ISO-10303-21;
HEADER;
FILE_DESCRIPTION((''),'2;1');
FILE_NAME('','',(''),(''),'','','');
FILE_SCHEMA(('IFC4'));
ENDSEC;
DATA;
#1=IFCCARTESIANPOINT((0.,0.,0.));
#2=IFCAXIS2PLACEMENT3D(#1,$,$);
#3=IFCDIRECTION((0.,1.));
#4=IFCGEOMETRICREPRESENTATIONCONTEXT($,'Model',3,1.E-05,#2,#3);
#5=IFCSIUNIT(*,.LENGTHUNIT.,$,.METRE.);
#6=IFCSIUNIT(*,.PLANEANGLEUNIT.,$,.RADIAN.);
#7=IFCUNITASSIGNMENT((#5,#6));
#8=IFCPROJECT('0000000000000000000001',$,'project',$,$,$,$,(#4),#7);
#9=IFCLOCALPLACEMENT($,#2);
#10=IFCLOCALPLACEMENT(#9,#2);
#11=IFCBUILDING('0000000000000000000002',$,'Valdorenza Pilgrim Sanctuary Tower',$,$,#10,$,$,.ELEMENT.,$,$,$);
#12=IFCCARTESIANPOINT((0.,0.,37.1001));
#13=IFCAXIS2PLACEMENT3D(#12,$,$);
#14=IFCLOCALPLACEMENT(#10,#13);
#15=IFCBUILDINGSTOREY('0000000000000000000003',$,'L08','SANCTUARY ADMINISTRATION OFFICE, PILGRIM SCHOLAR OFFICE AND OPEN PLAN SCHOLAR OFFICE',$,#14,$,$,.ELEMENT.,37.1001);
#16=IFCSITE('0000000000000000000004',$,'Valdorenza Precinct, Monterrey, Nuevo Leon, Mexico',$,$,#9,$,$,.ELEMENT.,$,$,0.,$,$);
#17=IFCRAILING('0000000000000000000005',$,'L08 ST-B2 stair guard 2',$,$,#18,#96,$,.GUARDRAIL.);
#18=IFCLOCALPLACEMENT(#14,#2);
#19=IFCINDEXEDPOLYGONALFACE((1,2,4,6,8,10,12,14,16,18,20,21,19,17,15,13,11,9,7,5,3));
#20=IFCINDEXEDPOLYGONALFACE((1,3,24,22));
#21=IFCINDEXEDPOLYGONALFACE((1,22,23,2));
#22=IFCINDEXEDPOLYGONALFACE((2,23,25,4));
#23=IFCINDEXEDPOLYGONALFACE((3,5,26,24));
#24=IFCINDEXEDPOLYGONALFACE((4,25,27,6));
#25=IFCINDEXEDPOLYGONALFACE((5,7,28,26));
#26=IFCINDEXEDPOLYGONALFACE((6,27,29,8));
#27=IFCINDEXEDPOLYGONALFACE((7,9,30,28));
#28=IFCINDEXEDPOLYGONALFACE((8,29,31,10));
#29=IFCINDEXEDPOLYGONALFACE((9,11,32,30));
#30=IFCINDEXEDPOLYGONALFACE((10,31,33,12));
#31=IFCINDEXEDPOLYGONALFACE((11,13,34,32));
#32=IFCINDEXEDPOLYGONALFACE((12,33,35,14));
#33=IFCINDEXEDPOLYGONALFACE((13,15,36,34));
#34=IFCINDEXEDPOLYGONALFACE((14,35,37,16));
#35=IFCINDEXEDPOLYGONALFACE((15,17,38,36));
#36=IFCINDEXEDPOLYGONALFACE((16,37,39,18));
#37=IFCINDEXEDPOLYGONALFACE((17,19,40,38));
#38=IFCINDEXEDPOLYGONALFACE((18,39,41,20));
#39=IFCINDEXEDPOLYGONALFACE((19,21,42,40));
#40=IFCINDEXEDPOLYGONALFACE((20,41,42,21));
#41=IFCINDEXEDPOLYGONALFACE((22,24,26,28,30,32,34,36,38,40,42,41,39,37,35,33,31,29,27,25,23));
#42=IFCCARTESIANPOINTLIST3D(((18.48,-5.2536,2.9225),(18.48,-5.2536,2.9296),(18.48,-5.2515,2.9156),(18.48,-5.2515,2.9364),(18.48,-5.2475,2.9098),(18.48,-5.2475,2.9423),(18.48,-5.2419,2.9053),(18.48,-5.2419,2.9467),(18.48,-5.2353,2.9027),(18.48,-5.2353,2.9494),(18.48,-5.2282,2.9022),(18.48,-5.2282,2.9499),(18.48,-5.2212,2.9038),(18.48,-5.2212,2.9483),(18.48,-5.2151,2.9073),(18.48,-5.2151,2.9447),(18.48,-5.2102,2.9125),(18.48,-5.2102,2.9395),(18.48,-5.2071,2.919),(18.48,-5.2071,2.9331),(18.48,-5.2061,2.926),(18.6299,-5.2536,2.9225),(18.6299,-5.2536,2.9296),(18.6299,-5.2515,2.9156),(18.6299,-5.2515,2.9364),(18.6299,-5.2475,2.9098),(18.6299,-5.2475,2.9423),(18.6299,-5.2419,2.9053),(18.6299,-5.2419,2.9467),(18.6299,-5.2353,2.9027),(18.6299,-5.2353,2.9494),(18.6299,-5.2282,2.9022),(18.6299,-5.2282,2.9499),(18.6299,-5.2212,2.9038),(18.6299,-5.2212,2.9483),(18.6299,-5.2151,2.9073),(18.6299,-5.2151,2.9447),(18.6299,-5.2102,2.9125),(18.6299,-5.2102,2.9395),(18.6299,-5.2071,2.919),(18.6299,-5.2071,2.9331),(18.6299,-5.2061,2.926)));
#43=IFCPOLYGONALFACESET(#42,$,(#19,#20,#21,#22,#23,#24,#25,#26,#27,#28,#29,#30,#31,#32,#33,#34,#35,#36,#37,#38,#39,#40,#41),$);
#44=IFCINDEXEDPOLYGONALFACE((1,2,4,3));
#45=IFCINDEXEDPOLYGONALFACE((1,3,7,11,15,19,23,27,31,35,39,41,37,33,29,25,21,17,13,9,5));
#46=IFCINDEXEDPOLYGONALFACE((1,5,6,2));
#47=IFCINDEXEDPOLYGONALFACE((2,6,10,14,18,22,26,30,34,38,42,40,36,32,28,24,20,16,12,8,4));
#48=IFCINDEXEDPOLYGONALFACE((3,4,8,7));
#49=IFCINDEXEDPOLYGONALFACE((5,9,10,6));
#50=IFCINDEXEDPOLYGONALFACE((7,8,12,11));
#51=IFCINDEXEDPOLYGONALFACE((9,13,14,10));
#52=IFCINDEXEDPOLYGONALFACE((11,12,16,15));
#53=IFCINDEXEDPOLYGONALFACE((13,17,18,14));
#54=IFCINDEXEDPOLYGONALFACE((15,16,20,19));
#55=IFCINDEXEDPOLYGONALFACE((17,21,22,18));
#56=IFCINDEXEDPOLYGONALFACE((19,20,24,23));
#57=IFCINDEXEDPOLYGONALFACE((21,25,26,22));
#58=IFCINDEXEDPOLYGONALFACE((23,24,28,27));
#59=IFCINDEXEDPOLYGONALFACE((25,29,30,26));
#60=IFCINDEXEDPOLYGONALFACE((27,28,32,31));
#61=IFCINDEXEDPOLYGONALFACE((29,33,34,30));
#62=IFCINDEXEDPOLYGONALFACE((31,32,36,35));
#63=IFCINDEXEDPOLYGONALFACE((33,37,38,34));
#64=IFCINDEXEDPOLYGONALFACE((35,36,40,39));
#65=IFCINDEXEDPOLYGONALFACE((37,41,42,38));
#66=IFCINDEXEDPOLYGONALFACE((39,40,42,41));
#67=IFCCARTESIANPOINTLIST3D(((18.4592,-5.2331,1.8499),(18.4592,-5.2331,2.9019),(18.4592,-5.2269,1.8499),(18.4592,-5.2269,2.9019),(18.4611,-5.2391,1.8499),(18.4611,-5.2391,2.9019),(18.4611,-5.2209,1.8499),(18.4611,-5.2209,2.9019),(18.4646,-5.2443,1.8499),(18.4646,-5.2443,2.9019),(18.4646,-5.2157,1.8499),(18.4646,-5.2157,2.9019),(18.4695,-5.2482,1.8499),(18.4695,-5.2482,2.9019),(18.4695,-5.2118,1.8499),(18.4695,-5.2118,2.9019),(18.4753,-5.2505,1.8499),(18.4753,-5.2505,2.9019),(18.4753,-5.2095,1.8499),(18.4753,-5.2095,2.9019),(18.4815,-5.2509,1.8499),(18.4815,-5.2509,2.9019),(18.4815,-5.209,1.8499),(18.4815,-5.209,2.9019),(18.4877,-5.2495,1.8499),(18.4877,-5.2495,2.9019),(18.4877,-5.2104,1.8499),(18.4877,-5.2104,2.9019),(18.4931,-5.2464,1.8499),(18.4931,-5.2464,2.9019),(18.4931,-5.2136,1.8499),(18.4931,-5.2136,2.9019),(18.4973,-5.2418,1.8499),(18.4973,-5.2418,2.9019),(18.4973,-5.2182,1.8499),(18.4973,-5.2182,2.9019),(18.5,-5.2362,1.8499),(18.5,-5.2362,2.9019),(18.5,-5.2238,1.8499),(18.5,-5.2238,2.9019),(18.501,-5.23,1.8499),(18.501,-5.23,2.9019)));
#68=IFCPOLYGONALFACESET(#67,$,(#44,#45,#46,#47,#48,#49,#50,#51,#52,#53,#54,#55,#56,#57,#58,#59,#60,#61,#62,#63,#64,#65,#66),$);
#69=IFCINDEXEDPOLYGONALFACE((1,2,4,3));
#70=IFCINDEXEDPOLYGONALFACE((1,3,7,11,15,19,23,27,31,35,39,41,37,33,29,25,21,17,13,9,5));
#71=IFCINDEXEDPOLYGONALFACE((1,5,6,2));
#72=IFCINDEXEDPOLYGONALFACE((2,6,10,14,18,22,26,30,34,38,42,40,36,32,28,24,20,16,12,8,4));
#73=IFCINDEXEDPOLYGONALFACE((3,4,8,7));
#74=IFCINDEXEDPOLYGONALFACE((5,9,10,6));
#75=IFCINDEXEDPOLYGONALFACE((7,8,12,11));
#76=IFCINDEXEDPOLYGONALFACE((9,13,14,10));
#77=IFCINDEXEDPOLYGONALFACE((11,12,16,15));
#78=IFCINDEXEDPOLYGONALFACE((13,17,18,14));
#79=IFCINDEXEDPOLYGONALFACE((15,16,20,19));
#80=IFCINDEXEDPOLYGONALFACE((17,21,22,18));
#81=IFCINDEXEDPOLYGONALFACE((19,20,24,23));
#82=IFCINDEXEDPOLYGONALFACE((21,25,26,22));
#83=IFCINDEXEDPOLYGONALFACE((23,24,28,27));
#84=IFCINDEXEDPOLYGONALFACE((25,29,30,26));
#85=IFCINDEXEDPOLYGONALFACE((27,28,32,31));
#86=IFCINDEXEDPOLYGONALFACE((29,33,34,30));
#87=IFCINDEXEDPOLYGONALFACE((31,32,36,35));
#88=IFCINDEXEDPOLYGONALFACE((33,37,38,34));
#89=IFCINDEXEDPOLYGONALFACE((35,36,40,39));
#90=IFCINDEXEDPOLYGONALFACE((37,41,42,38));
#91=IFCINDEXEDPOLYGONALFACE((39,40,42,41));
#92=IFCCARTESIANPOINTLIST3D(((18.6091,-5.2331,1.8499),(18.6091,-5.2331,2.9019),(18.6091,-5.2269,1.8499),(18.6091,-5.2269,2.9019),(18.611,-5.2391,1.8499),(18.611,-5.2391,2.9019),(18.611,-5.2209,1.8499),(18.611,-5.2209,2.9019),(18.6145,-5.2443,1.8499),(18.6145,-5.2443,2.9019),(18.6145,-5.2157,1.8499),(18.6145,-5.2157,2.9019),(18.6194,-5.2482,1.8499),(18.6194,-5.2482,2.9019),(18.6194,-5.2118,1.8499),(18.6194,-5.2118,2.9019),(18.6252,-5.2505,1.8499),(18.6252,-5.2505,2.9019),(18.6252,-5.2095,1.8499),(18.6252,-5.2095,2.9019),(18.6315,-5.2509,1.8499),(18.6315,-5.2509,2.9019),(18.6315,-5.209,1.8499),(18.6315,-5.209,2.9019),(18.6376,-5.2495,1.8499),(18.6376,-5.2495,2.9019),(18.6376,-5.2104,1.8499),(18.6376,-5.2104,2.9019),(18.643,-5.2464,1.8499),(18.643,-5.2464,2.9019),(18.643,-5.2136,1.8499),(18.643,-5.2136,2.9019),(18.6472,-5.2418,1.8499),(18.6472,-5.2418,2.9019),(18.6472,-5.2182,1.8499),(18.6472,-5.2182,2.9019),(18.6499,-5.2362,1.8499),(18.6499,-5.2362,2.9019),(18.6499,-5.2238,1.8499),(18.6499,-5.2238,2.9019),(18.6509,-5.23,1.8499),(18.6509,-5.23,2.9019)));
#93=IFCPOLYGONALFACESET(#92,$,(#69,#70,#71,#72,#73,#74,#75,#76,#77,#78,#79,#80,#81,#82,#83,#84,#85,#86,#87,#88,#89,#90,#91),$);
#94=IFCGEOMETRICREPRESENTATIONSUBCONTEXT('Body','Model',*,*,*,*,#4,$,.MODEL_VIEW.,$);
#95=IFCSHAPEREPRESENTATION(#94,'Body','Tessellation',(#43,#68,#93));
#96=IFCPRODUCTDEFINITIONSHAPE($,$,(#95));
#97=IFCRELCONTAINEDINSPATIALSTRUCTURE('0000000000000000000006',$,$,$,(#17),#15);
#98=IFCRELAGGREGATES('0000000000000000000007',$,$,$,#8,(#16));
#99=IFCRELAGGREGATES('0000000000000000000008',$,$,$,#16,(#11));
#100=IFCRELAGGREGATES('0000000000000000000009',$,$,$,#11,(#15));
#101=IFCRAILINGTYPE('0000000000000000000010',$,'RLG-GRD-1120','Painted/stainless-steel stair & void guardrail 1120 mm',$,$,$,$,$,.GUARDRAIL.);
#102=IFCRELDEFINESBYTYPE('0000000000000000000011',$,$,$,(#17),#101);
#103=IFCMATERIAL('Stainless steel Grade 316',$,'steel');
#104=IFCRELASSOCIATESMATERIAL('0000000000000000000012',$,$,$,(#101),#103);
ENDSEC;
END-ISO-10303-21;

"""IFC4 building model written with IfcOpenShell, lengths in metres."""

from ifc_helpers import new_model, si_unit, direction, frame, origin, origin_2d, place, context, subcontext, project, spatial, circle, extrude, material, type_object, element, save


model = new_model("IFC4")

# Units and contexts
model_context = context("Model", 3, precision=1e-05, world=origin(), true_north=direction((0.0, 1.0)))
body_context = subcontext(model_context, "Body", "Model", "MODEL_VIEW")
ifc_project = project(units=[si_unit("LENGTHUNIT", "METRE"), si_unit("PLANEANGLEUNIT", "RADIAN")], contexts=[model_context])

# Site, building, storey
site_placement = place(None, origin())
site = spatial("IfcSite", under=ifc_project, at=site_placement, Name="Valdorenza Precinct, Monterrey, Nuevo Leon, Mexico", CompositionType="ELEMENT", RefElevation=0.0)
building_placement = place(site_placement, origin())
building = spatial("IfcBuilding", under=site, at=building_placement, Name="Valdorenza Pilgrim Sanctuary Tower", CompositionType="ELEMENT")
storey_placement = place(building_placement, frame((0.0, 0.0, 37.1001)))
storey = spatial("IfcBuildingStorey", under=building, at=storey_placement, Name="L08", Description="SANCTUARY ADMINISTRATION OFFICE, PILGRIM SCHOLAR OFFICE AND OPEN PLAN SCHOLAR OFFICE", CompositionType="ELEMENT", Elevation=37.1001)

# Railing
ifc_material_1 = material(Name="Stainless steel Grade 316", Category="steel")
railing_type_1 = type_object("IfcRailingType", Name="RLG-GRD-1120", Description="Painted/stainless-steel stair & void guardrail 1120 mm", PredefinedType="GUARDRAIL", material=ifc_material_1)
railing_1_placement = place(storey_placement, frame((18.48, -5.23, 1.8499)))
element("IfcRailing", 1, at=railing_1_placement, inside=storey, type_object=railing_type_1, Name="L08 ST-B2 stair guard 2", PredefinedType="GUARDRAIL", context=body_context, shape_type="SweptSolid", body=[
    extrude(circle(Radius=0.0239, at=origin_2d()), frame((0.0, 0.0, 1.0762), z_axis=(1.0, 0.0, 0.0), x_axis=(0.0, 1.0, 0.0)), (0.0, 0.0, 1.0), 0.1499),
    extrude(circle(Radius=0.021, at=origin_2d()), origin(), (0.0, 0.0, 1.0), 1.052),
    extrude(circle(Radius=0.021, at=origin_2d()), frame((0.1499, 0.0, 0.0)), (0.0, 0.0, 1.0), 1.052),
])

save(model, "model.ifc")
